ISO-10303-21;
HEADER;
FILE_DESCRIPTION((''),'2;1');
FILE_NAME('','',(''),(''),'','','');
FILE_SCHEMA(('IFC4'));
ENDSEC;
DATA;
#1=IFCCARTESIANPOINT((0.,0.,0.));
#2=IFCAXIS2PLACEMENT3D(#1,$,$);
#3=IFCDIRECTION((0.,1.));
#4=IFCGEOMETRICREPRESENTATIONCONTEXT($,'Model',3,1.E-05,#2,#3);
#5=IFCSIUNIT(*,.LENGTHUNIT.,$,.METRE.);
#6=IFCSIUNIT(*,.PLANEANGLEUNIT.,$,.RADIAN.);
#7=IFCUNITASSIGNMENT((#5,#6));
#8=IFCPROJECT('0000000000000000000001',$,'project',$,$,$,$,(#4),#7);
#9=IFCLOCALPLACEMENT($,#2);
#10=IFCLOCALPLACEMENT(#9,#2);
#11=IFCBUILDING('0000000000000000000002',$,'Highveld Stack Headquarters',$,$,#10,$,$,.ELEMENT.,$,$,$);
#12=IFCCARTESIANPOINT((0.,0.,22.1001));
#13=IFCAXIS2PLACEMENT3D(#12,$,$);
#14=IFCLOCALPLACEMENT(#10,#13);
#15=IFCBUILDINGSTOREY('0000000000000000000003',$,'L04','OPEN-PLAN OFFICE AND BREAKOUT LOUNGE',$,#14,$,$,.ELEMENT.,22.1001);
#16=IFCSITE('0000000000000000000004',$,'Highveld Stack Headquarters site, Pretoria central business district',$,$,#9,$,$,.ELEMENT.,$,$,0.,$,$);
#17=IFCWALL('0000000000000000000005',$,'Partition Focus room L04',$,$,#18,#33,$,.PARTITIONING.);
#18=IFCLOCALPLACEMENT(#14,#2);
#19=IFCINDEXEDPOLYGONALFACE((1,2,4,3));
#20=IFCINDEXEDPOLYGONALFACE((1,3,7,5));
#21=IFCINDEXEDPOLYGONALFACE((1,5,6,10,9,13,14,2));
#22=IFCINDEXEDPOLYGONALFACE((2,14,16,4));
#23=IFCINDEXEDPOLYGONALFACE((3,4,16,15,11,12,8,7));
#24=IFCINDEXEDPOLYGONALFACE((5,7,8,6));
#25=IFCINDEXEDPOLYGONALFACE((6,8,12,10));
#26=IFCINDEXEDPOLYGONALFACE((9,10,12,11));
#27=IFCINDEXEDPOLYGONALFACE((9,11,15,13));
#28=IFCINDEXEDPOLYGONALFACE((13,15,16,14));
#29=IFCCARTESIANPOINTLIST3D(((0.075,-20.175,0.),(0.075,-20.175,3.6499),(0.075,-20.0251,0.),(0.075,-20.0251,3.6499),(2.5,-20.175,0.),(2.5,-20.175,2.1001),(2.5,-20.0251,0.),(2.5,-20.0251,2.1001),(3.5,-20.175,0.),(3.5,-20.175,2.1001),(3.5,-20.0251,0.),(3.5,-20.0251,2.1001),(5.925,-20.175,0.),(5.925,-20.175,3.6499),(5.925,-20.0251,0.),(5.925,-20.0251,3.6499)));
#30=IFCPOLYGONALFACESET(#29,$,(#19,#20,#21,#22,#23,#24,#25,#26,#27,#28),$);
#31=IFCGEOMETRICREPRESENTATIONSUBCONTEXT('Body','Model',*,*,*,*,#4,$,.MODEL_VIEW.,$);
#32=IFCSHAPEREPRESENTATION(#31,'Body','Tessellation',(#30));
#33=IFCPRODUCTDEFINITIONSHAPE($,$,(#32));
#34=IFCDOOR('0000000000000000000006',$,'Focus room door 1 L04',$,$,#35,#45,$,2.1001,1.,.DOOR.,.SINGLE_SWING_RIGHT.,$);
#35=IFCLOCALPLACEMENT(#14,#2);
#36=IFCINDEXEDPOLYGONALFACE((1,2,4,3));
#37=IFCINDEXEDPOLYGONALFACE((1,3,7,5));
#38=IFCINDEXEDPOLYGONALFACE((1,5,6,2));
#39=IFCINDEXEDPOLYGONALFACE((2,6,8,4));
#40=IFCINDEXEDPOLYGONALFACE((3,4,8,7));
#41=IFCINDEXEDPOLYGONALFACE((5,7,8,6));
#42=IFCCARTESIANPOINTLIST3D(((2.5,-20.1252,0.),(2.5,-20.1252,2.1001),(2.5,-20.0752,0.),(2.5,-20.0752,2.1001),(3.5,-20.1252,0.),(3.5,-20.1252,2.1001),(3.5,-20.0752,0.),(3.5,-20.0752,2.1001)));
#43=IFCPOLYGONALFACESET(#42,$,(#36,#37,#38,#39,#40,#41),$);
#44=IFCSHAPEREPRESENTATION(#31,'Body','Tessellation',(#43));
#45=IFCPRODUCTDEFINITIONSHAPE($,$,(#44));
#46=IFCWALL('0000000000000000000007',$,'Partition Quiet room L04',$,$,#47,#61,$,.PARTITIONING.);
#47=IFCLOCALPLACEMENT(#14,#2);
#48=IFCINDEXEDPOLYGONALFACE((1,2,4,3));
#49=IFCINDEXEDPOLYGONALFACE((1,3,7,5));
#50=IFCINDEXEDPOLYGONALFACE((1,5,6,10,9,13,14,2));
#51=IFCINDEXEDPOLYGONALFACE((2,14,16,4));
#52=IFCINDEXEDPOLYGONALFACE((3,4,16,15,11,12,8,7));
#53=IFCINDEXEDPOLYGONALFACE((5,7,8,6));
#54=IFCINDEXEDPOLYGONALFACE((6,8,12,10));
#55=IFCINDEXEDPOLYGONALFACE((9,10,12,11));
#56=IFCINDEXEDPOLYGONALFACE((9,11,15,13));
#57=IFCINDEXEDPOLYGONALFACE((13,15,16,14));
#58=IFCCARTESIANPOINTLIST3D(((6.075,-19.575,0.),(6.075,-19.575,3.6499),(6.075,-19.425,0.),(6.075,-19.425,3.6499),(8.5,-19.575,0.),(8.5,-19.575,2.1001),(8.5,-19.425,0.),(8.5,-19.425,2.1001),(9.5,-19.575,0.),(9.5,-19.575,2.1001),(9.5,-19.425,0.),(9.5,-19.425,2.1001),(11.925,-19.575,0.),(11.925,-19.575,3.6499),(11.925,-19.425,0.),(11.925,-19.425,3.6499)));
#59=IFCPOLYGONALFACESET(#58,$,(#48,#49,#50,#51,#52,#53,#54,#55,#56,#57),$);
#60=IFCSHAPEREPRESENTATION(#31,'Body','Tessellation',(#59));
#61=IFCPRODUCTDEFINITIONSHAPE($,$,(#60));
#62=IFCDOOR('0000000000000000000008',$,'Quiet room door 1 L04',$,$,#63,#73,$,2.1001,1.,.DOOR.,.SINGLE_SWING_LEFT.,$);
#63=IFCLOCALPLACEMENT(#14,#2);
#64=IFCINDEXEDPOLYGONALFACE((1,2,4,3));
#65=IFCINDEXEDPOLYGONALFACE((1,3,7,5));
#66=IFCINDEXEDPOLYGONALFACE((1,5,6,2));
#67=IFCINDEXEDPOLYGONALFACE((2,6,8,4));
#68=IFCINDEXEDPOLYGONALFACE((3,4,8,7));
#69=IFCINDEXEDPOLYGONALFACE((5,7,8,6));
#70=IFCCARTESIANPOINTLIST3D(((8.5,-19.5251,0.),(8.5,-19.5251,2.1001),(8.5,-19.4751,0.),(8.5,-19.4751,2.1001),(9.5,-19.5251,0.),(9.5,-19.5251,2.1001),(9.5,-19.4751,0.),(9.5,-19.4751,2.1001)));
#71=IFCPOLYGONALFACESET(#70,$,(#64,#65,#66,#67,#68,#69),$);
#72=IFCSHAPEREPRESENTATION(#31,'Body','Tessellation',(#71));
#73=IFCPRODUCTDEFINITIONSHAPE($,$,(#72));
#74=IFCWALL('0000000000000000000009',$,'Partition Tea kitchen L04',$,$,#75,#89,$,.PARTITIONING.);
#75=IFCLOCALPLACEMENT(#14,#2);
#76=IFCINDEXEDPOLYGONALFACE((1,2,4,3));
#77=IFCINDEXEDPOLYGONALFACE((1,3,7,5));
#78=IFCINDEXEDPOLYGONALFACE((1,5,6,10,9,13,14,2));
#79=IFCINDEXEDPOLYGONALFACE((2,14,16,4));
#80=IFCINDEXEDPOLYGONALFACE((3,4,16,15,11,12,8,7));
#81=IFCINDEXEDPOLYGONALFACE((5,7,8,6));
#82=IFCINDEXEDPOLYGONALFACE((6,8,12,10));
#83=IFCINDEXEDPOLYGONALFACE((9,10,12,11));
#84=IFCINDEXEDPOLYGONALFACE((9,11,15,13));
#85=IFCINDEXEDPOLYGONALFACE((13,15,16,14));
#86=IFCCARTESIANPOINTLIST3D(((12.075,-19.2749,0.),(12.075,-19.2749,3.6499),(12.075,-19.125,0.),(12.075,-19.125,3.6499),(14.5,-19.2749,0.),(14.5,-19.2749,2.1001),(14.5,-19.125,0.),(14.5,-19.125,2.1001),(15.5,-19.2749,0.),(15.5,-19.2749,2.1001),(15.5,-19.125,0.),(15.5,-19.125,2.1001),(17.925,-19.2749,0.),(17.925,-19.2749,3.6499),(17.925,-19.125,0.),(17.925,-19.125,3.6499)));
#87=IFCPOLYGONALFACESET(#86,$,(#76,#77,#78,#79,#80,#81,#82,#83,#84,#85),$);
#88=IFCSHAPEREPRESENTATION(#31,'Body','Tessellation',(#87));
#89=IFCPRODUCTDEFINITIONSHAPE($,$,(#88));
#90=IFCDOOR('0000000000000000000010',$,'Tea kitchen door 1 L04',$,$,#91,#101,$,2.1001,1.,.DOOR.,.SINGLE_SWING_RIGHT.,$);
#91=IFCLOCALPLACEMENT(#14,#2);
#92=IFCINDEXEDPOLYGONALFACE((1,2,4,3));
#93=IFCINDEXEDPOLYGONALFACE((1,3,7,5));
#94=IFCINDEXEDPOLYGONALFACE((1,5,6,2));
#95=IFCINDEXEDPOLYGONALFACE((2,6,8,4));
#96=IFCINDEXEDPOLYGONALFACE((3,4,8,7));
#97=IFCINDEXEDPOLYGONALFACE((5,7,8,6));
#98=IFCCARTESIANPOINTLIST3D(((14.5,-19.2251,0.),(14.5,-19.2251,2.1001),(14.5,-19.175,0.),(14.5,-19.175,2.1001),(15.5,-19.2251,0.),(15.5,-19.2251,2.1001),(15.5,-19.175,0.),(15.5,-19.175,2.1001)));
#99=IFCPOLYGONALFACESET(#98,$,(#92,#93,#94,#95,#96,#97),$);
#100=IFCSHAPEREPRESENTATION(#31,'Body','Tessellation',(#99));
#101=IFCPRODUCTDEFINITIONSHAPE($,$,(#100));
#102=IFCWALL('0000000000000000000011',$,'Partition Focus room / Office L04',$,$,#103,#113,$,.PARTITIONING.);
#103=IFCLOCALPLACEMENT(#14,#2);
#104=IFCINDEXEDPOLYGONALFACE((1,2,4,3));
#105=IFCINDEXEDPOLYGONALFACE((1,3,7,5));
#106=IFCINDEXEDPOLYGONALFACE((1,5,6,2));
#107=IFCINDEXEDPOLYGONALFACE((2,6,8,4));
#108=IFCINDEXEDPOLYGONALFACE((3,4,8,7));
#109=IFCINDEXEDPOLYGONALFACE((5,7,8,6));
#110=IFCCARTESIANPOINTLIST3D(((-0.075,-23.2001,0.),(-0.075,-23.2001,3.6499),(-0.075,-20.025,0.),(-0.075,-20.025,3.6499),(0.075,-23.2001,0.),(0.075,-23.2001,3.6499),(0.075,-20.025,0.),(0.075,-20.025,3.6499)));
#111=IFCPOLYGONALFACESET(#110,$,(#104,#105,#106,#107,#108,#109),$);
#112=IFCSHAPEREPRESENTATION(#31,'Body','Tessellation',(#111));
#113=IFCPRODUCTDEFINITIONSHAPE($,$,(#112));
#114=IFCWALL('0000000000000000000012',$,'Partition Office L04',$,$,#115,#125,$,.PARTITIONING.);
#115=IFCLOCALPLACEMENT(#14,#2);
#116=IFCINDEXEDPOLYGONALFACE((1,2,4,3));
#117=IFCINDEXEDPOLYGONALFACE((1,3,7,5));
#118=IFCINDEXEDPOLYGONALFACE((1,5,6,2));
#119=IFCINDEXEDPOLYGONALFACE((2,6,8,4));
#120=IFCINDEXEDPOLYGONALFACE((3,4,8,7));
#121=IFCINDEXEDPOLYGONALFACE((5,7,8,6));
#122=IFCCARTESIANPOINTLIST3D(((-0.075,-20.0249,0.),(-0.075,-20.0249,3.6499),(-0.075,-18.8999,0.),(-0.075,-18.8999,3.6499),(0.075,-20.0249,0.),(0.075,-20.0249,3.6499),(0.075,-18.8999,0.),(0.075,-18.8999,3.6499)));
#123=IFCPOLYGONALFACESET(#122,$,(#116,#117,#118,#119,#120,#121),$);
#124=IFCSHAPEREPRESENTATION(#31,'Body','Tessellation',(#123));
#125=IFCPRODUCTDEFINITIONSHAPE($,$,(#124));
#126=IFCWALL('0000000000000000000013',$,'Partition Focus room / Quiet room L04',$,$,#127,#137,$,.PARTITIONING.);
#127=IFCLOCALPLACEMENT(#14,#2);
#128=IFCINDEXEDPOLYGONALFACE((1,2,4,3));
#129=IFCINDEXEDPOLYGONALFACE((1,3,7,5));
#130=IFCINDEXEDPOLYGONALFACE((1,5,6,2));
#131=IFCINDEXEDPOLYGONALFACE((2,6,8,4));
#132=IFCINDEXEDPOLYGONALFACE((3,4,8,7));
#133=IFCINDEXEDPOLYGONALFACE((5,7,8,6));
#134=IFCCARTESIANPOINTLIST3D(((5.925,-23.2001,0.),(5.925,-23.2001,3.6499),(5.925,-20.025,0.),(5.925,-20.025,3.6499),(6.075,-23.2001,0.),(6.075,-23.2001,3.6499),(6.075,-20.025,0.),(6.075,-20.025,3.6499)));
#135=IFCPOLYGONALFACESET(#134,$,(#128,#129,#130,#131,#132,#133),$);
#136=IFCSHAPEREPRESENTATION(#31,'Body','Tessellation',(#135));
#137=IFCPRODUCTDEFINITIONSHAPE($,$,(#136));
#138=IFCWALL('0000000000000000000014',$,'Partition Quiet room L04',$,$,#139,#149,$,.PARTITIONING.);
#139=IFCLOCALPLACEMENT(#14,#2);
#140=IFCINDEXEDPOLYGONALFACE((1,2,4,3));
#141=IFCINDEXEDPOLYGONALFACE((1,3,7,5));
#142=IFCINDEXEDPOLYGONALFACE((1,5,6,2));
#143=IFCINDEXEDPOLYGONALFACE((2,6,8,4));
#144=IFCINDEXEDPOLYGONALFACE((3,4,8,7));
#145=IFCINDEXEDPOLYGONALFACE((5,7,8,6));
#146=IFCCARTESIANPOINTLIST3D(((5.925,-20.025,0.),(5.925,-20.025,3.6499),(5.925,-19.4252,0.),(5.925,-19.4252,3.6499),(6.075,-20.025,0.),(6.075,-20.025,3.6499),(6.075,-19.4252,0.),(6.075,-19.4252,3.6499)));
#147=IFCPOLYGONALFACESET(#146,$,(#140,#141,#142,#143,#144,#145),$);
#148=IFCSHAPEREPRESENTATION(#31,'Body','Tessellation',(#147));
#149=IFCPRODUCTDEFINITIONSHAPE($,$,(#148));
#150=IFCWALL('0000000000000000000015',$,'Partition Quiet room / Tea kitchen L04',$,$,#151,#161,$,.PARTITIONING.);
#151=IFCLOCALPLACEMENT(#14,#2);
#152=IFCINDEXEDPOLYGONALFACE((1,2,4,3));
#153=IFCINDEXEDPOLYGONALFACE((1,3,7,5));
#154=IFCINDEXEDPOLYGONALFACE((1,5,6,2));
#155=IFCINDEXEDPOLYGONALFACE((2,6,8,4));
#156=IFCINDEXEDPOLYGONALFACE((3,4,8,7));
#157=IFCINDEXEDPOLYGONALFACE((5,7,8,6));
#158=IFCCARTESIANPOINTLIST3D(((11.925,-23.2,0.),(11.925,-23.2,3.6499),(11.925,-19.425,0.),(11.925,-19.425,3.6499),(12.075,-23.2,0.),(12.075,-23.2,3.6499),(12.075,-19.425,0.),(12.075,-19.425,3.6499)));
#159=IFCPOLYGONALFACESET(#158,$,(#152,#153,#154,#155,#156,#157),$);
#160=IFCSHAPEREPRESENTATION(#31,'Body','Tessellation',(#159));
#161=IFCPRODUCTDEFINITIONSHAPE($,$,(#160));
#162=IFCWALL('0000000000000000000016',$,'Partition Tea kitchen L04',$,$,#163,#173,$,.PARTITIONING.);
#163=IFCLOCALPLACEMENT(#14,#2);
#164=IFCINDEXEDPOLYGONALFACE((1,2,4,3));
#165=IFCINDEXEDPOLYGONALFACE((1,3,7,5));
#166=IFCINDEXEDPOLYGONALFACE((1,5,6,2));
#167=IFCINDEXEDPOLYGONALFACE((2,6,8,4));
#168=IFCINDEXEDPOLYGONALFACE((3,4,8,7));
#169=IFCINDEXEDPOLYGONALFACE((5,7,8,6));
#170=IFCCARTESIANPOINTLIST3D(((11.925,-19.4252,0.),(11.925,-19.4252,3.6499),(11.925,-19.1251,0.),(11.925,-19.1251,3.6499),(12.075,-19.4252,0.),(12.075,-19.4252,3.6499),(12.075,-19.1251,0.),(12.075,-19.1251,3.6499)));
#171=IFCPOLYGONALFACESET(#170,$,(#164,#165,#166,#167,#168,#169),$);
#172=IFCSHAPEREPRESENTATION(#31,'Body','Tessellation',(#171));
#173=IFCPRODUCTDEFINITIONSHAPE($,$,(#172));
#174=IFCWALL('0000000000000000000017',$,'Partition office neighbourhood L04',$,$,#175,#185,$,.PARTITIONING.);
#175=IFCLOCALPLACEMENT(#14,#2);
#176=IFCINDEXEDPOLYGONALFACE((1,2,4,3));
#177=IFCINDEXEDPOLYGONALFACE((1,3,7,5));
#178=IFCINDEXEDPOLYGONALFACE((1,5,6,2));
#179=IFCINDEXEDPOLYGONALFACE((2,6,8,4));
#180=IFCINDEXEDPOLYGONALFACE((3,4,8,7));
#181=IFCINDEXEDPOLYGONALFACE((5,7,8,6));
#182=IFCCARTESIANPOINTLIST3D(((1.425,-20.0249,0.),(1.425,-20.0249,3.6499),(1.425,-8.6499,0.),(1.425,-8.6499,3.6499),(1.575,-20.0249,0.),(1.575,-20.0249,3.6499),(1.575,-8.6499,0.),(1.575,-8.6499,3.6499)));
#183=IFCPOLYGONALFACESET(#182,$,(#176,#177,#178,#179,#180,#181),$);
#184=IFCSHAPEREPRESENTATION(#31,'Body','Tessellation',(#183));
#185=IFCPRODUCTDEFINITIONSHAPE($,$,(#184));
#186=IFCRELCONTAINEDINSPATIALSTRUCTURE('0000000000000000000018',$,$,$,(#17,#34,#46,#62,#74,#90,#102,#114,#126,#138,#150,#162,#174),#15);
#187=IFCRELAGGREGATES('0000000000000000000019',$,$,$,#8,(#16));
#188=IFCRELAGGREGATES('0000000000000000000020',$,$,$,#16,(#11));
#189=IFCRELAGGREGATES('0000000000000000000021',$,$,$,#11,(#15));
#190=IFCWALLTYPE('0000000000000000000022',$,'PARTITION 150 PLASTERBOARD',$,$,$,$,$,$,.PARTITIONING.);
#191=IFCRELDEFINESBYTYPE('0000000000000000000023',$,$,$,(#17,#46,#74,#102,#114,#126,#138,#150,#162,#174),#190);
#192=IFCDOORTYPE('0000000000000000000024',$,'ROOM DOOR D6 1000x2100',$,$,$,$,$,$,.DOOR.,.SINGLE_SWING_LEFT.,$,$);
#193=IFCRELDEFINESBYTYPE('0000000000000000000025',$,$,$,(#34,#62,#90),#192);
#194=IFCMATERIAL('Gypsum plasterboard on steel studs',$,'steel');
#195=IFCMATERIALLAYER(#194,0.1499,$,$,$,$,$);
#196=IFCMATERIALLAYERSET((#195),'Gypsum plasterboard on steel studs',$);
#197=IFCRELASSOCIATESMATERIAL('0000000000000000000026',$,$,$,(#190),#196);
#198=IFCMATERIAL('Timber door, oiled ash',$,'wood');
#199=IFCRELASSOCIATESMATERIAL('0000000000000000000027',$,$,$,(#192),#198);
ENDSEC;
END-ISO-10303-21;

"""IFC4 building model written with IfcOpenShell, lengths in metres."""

from ifc_helpers import new_model, si_unit, direction, frame, frame_2d, origin, place, context, subcontext, project, spatial, rectangle, extrude, material, layer, layer_set, type_object, element, fill, save


model = new_model("IFC4")

# Units and contexts
model_context = context("Model", 3, precision=1e-05, world=origin(), true_north=direction((0.0, 1.0)))
body_context = subcontext(model_context, "Body", "Model", "MODEL_VIEW")
ifc_project = project(units=[si_unit("LENGTHUNIT", "METRE"), si_unit("PLANEANGLEUNIT", "RADIAN")], contexts=[model_context])

# Site, building, storey
site_placement = place(None, origin())
site = spatial("IfcSite", under=ifc_project, at=site_placement, Name="Highveld Stack Headquarters site, Pretoria central business district", CompositionType="ELEMENT", RefElevation=0.0)
building_placement = place(site_placement, origin())
building = spatial("IfcBuilding", under=site, at=building_placement, Name="Highveld Stack Headquarters", CompositionType="ELEMENT")
storey_placement = place(building_placement, frame((0.0, 0.0, 22.1001)))
storey = spatial("IfcBuildingStorey", under=building, at=storey_placement, Name="L04", Description="OPEN-PLAN OFFICE AND BREAKOUT LOUNGE", CompositionType="ELEMENT", Elevation=22.1001)

# Walls, openings, doors
ifc_material_1 = material(Name="Gypsum plasterboard on steel studs", Category="steel")
ifc_layer_1 = layer(ifc_material_1, 0.1499)
ifc_layer_set_1 = layer_set([ifc_layer_1], Name="Gypsum plasterboard on steel studs")
wall_type_1 = type_object("IfcWallType", Name="PARTITION 150 PLASTERBOARD", PredefinedType="PARTITIONING", material=ifc_layer_set_1)
wall_1_placement = place(storey_placement, frame((0.075, -20.1001, 0.0), z_axis=(0.0, 0.0, 1.0), x_axis=(1.0, 0.0, 0.0)))
wall_1 = element("IfcWall", 1, at=wall_1_placement, inside=storey, type_object=wall_type_1, Name="Partition Focus room L04", PredefinedType="PARTITIONING", context=body_context, shape_type="SweptSolid", body=[
    extrude(rectangle(XDim=5.8501, YDim=0.1499, at=frame_2d((2.925, 0.0))), origin(), (0.0, 0.0, 1.0), 3.6499),
])
opening_1_placement = place(wall_1_placement, frame((2.425, 0.0, 0.0)))
opening_1 = element("IfcOpeningElement", 2, at=opening_1_placement, cuts=wall_1, PredefinedType="OPENING", context=body_context, shape_type="SweptSolid", body=[
    extrude(rectangle(XDim=1.0, YDim=2.1001, at=frame_2d((0.5, 1.05))), frame((0.0, 0.085, 0.0), z_axis=(0.0, -1.0, 0.0), x_axis=(1.0, 0.0, 0.0)), (0.0, 0.0, 1.0), 0.1699),
])
ifc_material_2 = material(Name="Timber door, oiled ash", Category="wood")
door_type = type_object("IfcDoorType", Name="ROOM DOOR D6 1000x2100", OperationType="SINGLE_SWING_LEFT", PredefinedType="DOOR", material=ifc_material_2)
door_1_placement = place(opening_1_placement, origin())
door_1 = element("IfcDoor", 3, at=door_1_placement, inside=storey, type_object=door_type, Name="Focus room door 1 L04", OperationType="SINGLE_SWING_RIGHT", OverallHeight=2.1001, OverallWidth=1.0, PredefinedType="DOOR", context=body_context, shape_type="SweptSolid", body=[
    extrude(rectangle(XDim=1.0, YDim=2.1001, at=frame_2d((0.5, 1.05))), frame((0.0, 0.0249, 0.0), z_axis=(0.0, -1.0, 0.0), x_axis=(1.0, 0.0, 0.0)), (0.0, 0.0, 1.0), 0.05),
])
fill(opening_1, door_1)
wall_2_placement = place(storey_placement, frame((6.075, -19.5, 0.0), z_axis=(0.0, 0.0, 1.0), x_axis=(1.0, 0.0, 0.0)))
wall_2 = element("IfcWall", 4, at=wall_2_placement, inside=storey, type_object=wall_type_1, Name="Partition Quiet room L04", PredefinedType="PARTITIONING", context=body_context, shape_type="SweptSolid", body=[
    extrude(rectangle(XDim=5.8501, YDim=0.1499, at=frame_2d((2.925, 0.0))), origin(), (0.0, 0.0, 1.0), 3.6499),
])
opening_2_placement = place(wall_2_placement, frame((2.425, 0.0, 0.0)))
opening_2 = element("IfcOpeningElement", 5, at=opening_2_placement, cuts=wall_2, PredefinedType="OPENING", context=body_context, shape_type="SweptSolid", body=[
    extrude(rectangle(XDim=1.0, YDim=2.1001, at=frame_2d((0.5, 1.05))), frame((0.0, 0.085, 0.0), z_axis=(0.0, -1.0, 0.0), x_axis=(1.0, 0.0, 0.0)), (0.0, 0.0, 1.0), 0.1699),
])
door_2_placement = place(opening_2_placement, origin())
door_2 = element("IfcDoor", 6, at=door_2_placement, inside=storey, type_object=door_type, Name="Quiet room door 1 L04", OperationType="SINGLE_SWING_LEFT", OverallHeight=2.1001, OverallWidth=1.0, PredefinedType="DOOR", context=body_context, shape_type="SweptSolid", body=[
    extrude(rectangle(XDim=1.0, YDim=2.1001, at=frame_2d((0.5, 1.05))), frame((0.0, 0.0249, 0.0), z_axis=(0.0, -1.0, 0.0), x_axis=(1.0, 0.0, 0.0)), (0.0, 0.0, 1.0), 0.05),
])
fill(opening_2, door_2)
wall_3_placement = place(storey_placement, frame((12.075, -19.2, 0.0), z_axis=(0.0, 0.0, 1.0), x_axis=(1.0, 0.0, 0.0)))
wall_3 = element("IfcWall", 7, at=wall_3_placement, inside=storey, type_object=wall_type_1, Name="Partition Tea kitchen L04", PredefinedType="PARTITIONING", context=body_context, shape_type="SweptSolid", body=[
    extrude(rectangle(XDim=5.8501, YDim=0.1499, at=frame_2d((2.925, 0.0))), origin(), (0.0, 0.0, 1.0), 3.6499),
])
opening_3_placement = place(wall_3_placement, frame((2.425, 0.0, 0.0)))
opening_3 = element("IfcOpeningElement", 8, at=opening_3_placement, cuts=wall_3, PredefinedType="OPENING", context=body_context, shape_type="SweptSolid", body=[
    extrude(rectangle(XDim=1.0, YDim=2.1001, at=frame_2d((0.5, 1.05))), frame((0.0, 0.085, 0.0), z_axis=(0.0, -1.0, 0.0), x_axis=(1.0, 0.0, 0.0)), (0.0, 0.0, 1.0), 0.1699),
])
door_3_placement = place(opening_3_placement, origin())
door_3 = element("IfcDoor", 9, at=door_3_placement, inside=storey, type_object=door_type, Name="Tea kitchen door 1 L04", OperationType="SINGLE_SWING_RIGHT", OverallHeight=2.1001, OverallWidth=1.0, PredefinedType="DOOR", context=body_context, shape_type="SweptSolid", body=[
    extrude(rectangle(XDim=1.0, YDim=2.1001, at=frame_2d((0.5, 1.05))), frame((0.0, 0.0249, 0.0), z_axis=(0.0, -1.0, 0.0), x_axis=(1.0, 0.0, 0.0)), (0.0, 0.0, 1.0), 0.05),
])
fill(opening_3, door_3)

# Walls
wall_4_placement = place(storey_placement, frame((0.0, -23.2, 0.0), z_axis=(0.0, 0.0, 1.0), x_axis=(0.0, 1.0, 0.0)))
element("IfcWall", 10, at=wall_4_placement, inside=storey, type_object=wall_type_1, Name="Partition Focus room / Office L04", PredefinedType="PARTITIONING", context=body_context, shape_type="SweptSolid", body=[
    extrude(rectangle(XDim=3.175, YDim=0.1499, at=frame_2d((1.5874, 0.0))), origin(), (0.0, 0.0, 1.0), 3.6499),
])
wall_5_placement = place(storey_placement, frame((0.0, -20.0249, 0.0), z_axis=(0.0, 0.0, 1.0), x_axis=(0.0, 1.0, 0.0)))
element("IfcWall", 11, at=wall_5_placement, inside=storey, type_object=wall_type_1, Name="Partition Office L04", PredefinedType="PARTITIONING", context=body_context, shape_type="SweptSolid", body=[
    extrude(rectangle(XDim=1.125, YDim=0.1499, at=frame_2d((0.5625, 0.0))), origin(), (0.0, 0.0, 1.0), 3.6499),
])
wall_6_placement = place(storey_placement, frame((6.0, -23.2, 0.0), z_axis=(0.0, 0.0, 1.0), x_axis=(0.0, 1.0, 0.0)))
element("IfcWall", 12, at=wall_6_placement, inside=storey, type_object=wall_type_1, Name="Partition Focus room / Quiet room L04", PredefinedType="PARTITIONING", context=body_context, shape_type="SweptSolid", body=[
    extrude(rectangle(XDim=3.175, YDim=0.1499, at=frame_2d((1.5874, 0.0))), origin(), (0.0, 0.0, 1.0), 3.6499),
])
wall_7_placement = place(storey_placement, frame((6.0, -20.0249, 0.0), z_axis=(0.0, 0.0, 1.0), x_axis=(0.0, 1.0, 0.0)))
element("IfcWall", 13, at=wall_7_placement, inside=storey, type_object=wall_type_1, Name="Partition Quiet room L04", PredefinedType="PARTITIONING", context=body_context, shape_type="SweptSolid", body=[
    extrude(rectangle(XDim=0.5999, YDim=0.1499, at=frame_2d((0.2998, 0.0))), origin(), (0.0, 0.0, 1.0), 3.6499),
])
wall_8_placement = place(storey_placement, frame((12.0, -23.2, 0.0), z_axis=(0.0, 0.0, 1.0), x_axis=(0.0, 1.0, 0.0)))
element("IfcWall", 14, at=wall_8_placement, inside=storey, type_object=wall_type_1, Name="Partition Quiet room / Tea kitchen L04", PredefinedType="PARTITIONING", context=body_context, shape_type="SweptSolid", body=[
    extrude(rectangle(XDim=3.7749, YDim=0.1499, at=frame_2d((1.8875, 0.0))), origin(), (0.0, 0.0, 1.0), 3.6499),
])
wall_9_placement = place(storey_placement, frame((12.0, -19.425, 0.0), z_axis=(0.0, 0.0, 1.0), x_axis=(0.0, 1.0, 0.0)))
element("IfcWall", 15, at=wall_9_placement, inside=storey, type_object=wall_type_1, Name="Partition Tea kitchen L04", PredefinedType="PARTITIONING", context=body_context, shape_type="SweptSolid", body=[
    extrude(rectangle(XDim=0.3, YDim=0.1499, at=frame_2d((0.1499, 0.0))), origin(), (0.0, 0.0, 1.0), 3.6499),
])
wall_10_placement = place(storey_placement, frame((1.5, -20.0249, 0.0), z_axis=(0.0, 0.0, 1.0), x_axis=(0.0, 1.0, 0.0)))
element("IfcWall", 16, at=wall_10_placement, inside=storey, type_object=wall_type_1, Name="Partition office neighbourhood L04", PredefinedType="PARTITIONING", context=body_context, shape_type="SweptSolid", body=[
    extrude(rectangle(XDim=11.375, YDim=0.1499, at=frame_2d((5.6875, 0.0))), origin(), (0.0, 0.0, 1.0), 3.6499),
])

save(model, "model.ifc")
